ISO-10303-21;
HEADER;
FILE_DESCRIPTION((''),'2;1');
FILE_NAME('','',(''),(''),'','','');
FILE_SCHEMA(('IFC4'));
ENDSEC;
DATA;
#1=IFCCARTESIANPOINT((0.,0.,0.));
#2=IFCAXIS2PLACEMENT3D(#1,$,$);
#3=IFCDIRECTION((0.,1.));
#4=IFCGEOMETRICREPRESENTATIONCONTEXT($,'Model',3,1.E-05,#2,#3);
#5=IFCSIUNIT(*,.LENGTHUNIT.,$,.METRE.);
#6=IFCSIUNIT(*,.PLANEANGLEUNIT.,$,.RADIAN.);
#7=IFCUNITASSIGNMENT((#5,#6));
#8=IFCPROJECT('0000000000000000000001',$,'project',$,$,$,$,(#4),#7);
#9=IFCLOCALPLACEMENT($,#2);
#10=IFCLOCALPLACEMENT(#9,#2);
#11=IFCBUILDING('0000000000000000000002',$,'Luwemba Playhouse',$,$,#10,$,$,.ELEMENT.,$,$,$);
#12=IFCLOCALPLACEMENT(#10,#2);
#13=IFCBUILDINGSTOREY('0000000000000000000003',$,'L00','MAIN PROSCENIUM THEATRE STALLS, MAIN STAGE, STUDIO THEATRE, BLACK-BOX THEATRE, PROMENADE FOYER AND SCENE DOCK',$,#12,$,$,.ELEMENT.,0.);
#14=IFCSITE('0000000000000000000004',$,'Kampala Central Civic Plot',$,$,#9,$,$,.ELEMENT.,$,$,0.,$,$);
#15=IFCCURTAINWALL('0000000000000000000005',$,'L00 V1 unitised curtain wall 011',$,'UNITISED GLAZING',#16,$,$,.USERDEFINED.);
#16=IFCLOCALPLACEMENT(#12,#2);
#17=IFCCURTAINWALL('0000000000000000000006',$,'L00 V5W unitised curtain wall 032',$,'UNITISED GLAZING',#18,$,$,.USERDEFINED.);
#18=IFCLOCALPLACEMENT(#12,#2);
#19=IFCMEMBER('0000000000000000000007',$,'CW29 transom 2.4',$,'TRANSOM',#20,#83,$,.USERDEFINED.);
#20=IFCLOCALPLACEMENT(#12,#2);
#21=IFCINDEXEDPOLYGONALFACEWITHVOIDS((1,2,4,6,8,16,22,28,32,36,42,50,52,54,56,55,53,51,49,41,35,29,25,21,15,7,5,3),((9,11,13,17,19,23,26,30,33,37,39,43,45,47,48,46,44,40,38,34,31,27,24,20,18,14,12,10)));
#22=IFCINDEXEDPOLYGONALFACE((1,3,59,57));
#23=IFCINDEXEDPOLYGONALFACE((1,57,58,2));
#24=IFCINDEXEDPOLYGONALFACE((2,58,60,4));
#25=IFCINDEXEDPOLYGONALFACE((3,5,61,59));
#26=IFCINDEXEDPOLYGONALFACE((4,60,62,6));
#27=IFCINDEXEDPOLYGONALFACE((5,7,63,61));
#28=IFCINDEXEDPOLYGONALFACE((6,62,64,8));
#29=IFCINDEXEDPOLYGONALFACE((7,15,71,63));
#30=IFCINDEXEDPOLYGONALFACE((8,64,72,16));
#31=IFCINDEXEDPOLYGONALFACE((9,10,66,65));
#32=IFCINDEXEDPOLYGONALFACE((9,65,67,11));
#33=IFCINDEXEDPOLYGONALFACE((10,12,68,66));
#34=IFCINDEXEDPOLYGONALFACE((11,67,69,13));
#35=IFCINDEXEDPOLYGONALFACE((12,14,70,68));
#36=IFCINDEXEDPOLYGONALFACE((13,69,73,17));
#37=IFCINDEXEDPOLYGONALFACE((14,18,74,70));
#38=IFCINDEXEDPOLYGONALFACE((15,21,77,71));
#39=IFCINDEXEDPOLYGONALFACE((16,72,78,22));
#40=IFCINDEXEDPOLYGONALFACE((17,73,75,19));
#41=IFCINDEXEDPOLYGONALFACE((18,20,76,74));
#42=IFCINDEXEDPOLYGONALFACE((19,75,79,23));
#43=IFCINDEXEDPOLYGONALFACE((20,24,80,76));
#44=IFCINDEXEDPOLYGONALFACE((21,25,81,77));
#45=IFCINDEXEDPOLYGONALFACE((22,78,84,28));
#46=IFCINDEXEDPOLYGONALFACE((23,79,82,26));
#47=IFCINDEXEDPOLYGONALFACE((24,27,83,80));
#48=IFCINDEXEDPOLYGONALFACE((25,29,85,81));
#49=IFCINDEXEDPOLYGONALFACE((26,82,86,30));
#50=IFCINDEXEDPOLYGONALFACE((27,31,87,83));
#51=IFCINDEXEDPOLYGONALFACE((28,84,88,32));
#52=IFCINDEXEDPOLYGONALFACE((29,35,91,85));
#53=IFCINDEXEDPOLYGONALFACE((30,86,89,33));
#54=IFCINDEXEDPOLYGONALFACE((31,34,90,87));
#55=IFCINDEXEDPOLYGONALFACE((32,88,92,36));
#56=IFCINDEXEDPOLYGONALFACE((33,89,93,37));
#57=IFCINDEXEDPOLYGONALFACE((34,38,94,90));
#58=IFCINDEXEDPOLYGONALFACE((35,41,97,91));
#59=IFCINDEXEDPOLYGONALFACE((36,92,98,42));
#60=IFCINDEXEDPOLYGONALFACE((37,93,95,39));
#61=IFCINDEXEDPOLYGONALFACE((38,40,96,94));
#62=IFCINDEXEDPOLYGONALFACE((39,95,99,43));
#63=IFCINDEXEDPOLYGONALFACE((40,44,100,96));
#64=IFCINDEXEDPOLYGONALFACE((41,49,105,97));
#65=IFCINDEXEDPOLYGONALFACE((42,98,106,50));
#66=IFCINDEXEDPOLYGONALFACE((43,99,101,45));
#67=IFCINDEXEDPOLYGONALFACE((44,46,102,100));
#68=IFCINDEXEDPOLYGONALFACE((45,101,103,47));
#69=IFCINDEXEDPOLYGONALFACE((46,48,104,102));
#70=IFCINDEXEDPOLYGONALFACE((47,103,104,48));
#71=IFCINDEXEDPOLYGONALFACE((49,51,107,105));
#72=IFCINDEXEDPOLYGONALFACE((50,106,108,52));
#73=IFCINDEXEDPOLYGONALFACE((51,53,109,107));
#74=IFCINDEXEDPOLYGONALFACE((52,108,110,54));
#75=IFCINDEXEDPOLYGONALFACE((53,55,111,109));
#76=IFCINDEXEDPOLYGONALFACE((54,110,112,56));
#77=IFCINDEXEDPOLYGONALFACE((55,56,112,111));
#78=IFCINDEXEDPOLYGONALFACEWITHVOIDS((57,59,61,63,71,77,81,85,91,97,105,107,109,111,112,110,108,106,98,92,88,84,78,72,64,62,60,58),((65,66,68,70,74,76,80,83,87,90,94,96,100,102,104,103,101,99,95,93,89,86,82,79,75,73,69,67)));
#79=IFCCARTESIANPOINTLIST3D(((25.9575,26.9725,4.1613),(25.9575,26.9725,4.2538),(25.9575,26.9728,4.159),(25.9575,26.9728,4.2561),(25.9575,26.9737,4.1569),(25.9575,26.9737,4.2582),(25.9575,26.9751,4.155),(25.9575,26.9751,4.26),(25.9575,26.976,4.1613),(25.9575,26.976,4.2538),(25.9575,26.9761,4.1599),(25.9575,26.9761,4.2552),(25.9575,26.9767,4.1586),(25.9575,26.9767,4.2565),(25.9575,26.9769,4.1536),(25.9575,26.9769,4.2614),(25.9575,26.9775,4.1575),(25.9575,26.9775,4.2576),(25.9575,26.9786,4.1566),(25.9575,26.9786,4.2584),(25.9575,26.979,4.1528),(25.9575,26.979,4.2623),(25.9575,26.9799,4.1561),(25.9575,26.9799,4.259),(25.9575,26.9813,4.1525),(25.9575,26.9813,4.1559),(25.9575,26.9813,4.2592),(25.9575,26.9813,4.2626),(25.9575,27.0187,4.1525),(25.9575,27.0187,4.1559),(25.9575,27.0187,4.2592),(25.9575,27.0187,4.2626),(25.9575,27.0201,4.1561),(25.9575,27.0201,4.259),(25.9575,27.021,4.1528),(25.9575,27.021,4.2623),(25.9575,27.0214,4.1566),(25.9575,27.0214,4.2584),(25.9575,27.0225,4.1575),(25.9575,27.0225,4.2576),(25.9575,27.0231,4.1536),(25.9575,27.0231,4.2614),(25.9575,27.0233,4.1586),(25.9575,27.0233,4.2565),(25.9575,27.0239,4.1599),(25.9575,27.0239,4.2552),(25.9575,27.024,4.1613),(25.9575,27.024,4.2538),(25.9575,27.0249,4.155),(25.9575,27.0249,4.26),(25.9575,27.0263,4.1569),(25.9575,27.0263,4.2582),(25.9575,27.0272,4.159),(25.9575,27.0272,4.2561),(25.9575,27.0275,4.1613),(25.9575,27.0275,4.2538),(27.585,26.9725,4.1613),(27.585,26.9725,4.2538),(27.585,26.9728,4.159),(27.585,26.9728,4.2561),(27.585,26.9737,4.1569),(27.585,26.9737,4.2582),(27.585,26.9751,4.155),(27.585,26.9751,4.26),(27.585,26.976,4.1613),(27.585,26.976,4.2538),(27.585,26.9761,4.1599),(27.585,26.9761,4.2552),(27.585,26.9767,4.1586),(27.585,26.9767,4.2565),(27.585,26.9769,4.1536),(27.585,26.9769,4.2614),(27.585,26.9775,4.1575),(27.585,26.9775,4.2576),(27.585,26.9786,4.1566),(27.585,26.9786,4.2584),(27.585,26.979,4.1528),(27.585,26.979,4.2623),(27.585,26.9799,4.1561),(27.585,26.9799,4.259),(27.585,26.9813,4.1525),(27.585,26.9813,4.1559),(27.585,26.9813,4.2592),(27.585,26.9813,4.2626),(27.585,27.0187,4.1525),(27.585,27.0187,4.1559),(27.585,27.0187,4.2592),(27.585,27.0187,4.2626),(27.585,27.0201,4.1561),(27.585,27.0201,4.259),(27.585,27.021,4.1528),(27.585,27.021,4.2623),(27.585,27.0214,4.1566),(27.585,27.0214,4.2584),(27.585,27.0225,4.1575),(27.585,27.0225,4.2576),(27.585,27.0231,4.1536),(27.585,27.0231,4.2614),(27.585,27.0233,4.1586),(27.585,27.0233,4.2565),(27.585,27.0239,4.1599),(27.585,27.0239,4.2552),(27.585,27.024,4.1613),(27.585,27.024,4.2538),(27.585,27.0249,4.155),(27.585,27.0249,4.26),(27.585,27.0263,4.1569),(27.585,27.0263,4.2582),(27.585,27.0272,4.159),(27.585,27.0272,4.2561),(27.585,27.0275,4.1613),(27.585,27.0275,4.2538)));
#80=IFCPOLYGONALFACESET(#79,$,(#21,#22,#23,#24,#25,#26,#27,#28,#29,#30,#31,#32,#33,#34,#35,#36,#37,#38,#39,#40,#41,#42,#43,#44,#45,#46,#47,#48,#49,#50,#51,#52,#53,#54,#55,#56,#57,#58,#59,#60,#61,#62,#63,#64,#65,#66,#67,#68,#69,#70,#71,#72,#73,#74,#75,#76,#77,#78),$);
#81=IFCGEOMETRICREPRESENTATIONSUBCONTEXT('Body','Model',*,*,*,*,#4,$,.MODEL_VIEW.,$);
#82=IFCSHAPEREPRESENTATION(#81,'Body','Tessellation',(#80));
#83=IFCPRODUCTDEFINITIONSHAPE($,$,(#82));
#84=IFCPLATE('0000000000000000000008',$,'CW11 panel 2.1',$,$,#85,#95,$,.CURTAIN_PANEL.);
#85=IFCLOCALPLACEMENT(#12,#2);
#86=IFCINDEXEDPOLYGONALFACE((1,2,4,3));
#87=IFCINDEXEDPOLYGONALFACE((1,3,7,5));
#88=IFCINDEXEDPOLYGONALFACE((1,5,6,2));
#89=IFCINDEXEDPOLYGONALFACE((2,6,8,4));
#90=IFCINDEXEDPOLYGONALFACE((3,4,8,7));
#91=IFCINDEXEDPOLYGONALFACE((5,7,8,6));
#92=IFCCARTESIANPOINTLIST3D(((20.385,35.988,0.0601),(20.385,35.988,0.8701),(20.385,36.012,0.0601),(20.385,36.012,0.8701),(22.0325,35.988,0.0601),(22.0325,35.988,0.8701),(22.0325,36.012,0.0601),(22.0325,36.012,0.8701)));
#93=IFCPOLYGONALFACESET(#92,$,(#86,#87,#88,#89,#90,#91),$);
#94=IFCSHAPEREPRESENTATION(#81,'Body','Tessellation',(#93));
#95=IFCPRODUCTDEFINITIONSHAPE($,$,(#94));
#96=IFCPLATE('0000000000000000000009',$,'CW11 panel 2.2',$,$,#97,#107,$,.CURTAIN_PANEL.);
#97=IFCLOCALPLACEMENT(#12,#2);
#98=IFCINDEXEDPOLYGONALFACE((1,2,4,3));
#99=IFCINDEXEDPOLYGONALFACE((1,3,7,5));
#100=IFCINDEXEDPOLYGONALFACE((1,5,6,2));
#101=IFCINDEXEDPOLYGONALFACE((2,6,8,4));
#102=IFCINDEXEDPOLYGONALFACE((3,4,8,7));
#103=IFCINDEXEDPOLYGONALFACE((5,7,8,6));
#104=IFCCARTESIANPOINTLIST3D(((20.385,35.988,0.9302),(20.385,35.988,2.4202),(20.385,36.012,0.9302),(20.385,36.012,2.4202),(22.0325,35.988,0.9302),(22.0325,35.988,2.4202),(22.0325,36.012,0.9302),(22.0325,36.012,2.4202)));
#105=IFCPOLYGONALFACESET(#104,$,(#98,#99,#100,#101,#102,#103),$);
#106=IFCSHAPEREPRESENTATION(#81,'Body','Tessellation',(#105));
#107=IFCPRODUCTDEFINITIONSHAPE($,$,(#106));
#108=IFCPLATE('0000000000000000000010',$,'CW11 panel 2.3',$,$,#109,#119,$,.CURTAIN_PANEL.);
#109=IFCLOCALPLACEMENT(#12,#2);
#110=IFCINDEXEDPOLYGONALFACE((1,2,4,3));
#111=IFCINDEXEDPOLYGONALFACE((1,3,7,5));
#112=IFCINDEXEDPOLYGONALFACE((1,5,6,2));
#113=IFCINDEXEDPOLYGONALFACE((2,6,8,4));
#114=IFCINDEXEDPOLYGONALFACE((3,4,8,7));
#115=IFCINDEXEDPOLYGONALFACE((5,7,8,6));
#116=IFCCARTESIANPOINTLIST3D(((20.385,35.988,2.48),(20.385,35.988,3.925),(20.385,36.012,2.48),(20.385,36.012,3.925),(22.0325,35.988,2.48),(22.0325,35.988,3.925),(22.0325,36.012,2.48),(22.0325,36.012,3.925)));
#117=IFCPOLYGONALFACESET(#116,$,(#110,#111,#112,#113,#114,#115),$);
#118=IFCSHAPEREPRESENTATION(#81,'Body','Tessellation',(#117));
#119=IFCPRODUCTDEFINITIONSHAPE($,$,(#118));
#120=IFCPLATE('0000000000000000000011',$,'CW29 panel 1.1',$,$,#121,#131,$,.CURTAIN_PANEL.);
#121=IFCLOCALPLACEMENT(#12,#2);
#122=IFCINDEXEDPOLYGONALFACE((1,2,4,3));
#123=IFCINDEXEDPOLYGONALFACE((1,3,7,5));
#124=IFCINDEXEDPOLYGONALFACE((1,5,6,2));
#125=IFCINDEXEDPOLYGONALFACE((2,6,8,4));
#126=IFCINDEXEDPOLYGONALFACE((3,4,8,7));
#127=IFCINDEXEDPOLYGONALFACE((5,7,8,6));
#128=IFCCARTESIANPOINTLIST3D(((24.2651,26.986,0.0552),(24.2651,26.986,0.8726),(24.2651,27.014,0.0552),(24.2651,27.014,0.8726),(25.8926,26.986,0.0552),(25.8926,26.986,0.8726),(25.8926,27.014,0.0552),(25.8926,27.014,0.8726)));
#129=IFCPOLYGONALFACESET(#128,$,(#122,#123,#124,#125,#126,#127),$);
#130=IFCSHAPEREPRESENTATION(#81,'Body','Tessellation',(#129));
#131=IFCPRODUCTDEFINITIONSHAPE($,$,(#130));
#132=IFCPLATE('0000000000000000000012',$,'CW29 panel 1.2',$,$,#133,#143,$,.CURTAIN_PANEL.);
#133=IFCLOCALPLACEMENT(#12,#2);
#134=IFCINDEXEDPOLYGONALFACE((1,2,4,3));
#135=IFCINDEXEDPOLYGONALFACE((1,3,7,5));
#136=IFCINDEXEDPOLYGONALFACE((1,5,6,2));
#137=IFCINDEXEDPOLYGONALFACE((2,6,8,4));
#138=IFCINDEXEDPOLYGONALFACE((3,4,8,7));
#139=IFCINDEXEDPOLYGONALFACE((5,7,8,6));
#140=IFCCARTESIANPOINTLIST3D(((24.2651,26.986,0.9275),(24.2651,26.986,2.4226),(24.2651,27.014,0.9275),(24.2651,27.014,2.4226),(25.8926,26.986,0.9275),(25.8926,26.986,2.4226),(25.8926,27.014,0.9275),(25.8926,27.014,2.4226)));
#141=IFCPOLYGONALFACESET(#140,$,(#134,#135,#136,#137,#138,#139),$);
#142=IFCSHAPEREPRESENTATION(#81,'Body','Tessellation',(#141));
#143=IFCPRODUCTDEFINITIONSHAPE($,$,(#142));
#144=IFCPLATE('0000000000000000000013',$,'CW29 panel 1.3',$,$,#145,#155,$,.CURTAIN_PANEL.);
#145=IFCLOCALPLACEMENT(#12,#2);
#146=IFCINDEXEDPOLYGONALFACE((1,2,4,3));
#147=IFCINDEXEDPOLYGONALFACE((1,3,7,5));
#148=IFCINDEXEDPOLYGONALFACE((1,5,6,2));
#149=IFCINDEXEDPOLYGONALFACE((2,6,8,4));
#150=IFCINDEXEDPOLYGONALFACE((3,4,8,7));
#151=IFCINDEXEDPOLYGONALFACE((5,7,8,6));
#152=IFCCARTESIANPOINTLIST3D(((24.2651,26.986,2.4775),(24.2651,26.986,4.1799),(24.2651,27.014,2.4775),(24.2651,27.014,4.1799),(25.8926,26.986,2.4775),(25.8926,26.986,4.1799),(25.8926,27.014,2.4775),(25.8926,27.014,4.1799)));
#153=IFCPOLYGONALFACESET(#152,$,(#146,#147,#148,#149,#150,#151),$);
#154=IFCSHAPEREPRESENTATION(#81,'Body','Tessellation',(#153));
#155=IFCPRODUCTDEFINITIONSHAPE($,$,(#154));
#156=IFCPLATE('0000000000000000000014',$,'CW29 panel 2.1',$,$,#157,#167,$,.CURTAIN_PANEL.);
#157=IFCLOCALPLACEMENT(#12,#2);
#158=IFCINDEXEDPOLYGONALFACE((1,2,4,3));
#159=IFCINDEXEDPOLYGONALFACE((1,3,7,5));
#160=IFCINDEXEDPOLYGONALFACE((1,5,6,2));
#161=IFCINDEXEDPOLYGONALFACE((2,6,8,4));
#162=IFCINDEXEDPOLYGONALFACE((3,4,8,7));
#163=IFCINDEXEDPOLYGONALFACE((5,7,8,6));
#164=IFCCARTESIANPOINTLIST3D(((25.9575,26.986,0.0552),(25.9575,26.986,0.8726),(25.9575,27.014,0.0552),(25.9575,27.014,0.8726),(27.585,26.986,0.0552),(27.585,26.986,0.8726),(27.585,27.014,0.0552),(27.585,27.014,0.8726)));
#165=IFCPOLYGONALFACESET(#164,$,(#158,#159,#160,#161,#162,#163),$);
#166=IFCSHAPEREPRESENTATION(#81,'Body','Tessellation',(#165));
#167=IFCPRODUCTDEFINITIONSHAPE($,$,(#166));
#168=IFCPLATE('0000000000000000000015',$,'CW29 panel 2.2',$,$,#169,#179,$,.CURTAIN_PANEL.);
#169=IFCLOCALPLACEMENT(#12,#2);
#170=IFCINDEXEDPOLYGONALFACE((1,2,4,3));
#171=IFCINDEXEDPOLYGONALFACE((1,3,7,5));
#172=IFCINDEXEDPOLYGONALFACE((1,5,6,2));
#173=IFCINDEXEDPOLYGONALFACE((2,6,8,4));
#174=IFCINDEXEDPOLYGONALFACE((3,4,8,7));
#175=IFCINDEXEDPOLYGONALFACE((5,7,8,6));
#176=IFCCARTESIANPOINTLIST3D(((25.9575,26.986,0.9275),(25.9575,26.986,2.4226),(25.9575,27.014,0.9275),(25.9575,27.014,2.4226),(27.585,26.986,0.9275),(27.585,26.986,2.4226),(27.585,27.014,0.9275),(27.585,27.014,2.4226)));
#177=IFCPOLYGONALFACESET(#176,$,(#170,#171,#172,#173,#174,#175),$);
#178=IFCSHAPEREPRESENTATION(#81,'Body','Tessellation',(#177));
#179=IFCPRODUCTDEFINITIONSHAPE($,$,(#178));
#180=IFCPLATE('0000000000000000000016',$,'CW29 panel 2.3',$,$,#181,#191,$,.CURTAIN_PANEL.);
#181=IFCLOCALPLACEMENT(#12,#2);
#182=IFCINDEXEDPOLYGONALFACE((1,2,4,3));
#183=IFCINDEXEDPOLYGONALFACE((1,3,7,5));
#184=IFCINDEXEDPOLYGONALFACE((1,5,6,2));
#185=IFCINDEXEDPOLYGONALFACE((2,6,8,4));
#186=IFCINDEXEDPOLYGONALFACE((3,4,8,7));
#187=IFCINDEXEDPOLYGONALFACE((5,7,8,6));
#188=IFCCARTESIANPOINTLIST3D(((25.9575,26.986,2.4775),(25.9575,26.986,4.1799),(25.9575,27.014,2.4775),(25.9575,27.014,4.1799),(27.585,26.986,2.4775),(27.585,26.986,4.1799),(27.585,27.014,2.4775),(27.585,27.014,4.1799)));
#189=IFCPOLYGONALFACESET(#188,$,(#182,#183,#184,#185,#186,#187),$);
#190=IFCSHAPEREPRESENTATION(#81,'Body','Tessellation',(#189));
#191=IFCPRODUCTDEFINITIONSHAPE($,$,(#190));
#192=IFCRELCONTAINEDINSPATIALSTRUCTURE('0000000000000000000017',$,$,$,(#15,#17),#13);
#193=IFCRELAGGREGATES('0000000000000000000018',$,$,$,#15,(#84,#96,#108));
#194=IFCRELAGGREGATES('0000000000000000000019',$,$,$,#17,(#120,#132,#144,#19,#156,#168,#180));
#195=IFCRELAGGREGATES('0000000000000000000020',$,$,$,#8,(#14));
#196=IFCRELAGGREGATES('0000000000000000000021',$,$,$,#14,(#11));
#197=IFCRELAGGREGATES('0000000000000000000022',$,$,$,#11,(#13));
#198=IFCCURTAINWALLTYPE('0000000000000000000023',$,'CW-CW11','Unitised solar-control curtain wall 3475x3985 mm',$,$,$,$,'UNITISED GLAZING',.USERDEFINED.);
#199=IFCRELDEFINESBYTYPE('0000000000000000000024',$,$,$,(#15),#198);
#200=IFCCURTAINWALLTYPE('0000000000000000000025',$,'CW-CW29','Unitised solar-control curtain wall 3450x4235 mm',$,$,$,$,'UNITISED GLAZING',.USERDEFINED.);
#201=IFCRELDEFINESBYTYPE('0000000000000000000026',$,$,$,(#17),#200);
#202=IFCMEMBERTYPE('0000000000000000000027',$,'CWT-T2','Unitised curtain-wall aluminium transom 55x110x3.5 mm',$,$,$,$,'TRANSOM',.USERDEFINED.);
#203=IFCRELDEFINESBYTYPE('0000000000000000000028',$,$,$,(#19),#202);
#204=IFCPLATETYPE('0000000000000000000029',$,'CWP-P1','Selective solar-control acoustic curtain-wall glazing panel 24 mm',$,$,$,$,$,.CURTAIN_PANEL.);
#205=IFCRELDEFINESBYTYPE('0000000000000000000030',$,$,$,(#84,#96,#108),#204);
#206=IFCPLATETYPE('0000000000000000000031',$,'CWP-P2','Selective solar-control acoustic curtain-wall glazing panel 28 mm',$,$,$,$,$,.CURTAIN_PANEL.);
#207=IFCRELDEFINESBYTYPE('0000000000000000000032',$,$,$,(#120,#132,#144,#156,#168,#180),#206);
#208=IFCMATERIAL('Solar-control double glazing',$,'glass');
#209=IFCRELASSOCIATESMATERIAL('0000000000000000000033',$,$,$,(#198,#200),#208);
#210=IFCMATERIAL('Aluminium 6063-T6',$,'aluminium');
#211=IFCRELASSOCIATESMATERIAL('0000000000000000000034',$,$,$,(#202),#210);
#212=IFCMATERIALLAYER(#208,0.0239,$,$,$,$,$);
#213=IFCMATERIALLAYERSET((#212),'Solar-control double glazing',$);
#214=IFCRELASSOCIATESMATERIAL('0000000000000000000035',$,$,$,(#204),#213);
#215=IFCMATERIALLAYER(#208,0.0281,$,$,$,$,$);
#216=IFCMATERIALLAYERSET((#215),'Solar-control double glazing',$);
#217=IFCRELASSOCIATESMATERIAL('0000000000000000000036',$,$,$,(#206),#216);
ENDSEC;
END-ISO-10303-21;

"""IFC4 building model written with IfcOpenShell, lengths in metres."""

from ifc_helpers import new_model, si_unit, direction, frame, origin, origin_2d, place, context, subcontext, project, spatial, rectangle, hollow_rectangle, extrude, material, layer, layer_set, material_profile, profile_set, type_object, element, aggregate, save


model = new_model("IFC4")

# Units and contexts
model_context = context("Model", 3, precision=1e-05, world=origin(), true_north=direction((0.0, 1.0)))
body_context = subcontext(model_context, "Body", "Model", "MODEL_VIEW")
ifc_project = project(units=[si_unit("LENGTHUNIT", "METRE"), si_unit("PLANEANGLEUNIT", "RADIAN")], contexts=[model_context])

# Site, building, storey
site_placement = place(None, origin())
site = spatial("IfcSite", under=ifc_project, at=site_placement, Name="Kampala Central Civic Plot", CompositionType="ELEMENT", RefElevation=0.0)
building_placement = place(site_placement, origin())
building = spatial("IfcBuilding", under=site, at=building_placement, Name="Luwemba Playhouse", CompositionType="ELEMENT")
storey_placement = place(building_placement, origin())
storey = spatial("IfcBuildingStorey", under=building, at=storey_placement, Name="L00", Description="MAIN PROSCENIUM THEATRE STALLS, MAIN STAGE, STUDIO THEATRE, BLACK-BOX THEATRE, PROMENADE FOYER AND SCENE DOCK", CompositionType="ELEMENT", Elevation=0.0)

# Curtain wall
ifc_material_1 = material(Name="Solar-control double glazing", Category="glass")
curtain_wall_type_1 = type_object("IfcCurtainWallType", Name="CW-CW11", Description="Unitised solar-control curtain wall 3475x3985 mm", ElementType="UNITISED GLAZING", PredefinedType="USERDEFINED", material=ifc_material_1)
curtain_wall_1_placement = place(storey_placement, origin())
curtain_wall_1 = element("IfcCurtainWall", 1, at=curtain_wall_1_placement, inside=storey, type_object=curtain_wall_type_1, Name="L00 V1 unitised curtain wall 011", ObjectType="UNITISED GLAZING", PredefinedType="USERDEFINED")
ifc_material_2 = material(Name="Aluminium 6063-T6", Category="aluminium")

# Curtain wall
curtain_wall_type_2 = type_object("IfcCurtainWallType", Name="CW-CW29", Description="Unitised solar-control curtain wall 3450x4235 mm", ElementType="UNITISED GLAZING", PredefinedType="USERDEFINED", material=ifc_material_1)
curtain_wall_2_placement = place(storey_placement, origin())
curtain_wall_2 = element("IfcCurtainWall", 2, at=curtain_wall_2_placement, inside=storey, type_object=curtain_wall_type_2, Name="L00 V5W unitised curtain wall 032", ObjectType="UNITISED GLAZING", PredefinedType="USERDEFINED")

# Member
ifc_material_profile_1 = material_profile(ifc_material_2, hollow_rectangle(XDim=0.0549, YDim=0.1101, WallThickness=0.0034, InnerFilletRadius=0.0054, OuterFilletRadius=0.0088, at=origin_2d()))
ifc_profile_set_1 = profile_set([ifc_material_profile_1], Name="Aluminium 6063-T6")
member_type_1 = type_object("IfcMemberType", Name="CWT-T2", Description="Unitised curtain-wall aluminium transom 55x110x3.5 mm", ElementType="TRANSOM", PredefinedType="USERDEFINED", material=ifc_profile_set_1)
member_1_placement = place(storey_placement, frame((25.9575, 27.0, 4.2075), z_axis=(1.0, 0.0, 0.0), x_axis=(0.0, 1.0, 0.0)))
member_1 = element("IfcMember", 3, at=member_1_placement, type_object=member_type_1, Name="CW29 transom 2.4", ObjectType="TRANSOM", PredefinedType="USERDEFINED", context=body_context, shape_type="SweptSolid", body=[
    extrude(hollow_rectangle(XDim=0.0549, YDim=0.1101, WallThickness=0.0034, InnerFilletRadius=0.0054, OuterFilletRadius=0.0088, at=origin_2d()), origin(), (0.0, 0.0, 1.0), 1.6274),
])

# Plates
ifc_layer_1 = layer(ifc_material_1, 0.0239)
ifc_layer_set_1 = layer_set([ifc_layer_1], Name="Solar-control double glazing")
plate_type_1 = type_object("IfcPlateType", Name="CWP-P1", Description="Selective solar-control acoustic curtain-wall glazing panel 24 mm", PredefinedType="CURTAIN_PANEL", material=ifc_layer_set_1)
plate_1_placement = place(storey_placement, frame((21.2087, 36.0, 0.0601), z_axis=(0.0, 0.0, 1.0), x_axis=(-1.0, 0.0, 0.0)))
plate_1 = element("IfcPlate", 4, at=plate_1_placement, type_object=plate_type_1, Name="CW11 panel 2.1", PredefinedType="CURTAIN_PANEL", context=body_context, shape_type="SweptSolid", body=[
    extrude(rectangle(XDim=1.6475, YDim=0.0239, at=origin_2d()), origin(), (0.0, 0.0, 1.0), 0.8101),
])
plate_2_placement = place(storey_placement, frame((21.2087, 36.0, 0.9302), z_axis=(0.0, 0.0, 1.0), x_axis=(-1.0, 0.0, 0.0)))
plate_2 = element("IfcPlate", 5, at=plate_2_placement, type_object=plate_type_1, Name="CW11 panel 2.2", PredefinedType="CURTAIN_PANEL", context=body_context, shape_type="SweptSolid", body=[
    extrude(rectangle(XDim=1.6475, YDim=0.0239, at=origin_2d()), origin(), (0.0, 0.0, 1.0), 1.49),
])
plate_3_placement = place(storey_placement, frame((21.2087, 36.0, 2.48), z_axis=(0.0, 0.0, 1.0), x_axis=(-1.0, 0.0, 0.0)))
plate_3 = element("IfcPlate", 6, at=plate_3_placement, type_object=plate_type_1, Name="CW11 panel 2.3", PredefinedType="CURTAIN_PANEL", context=body_context, shape_type="SweptSolid", body=[
    extrude(rectangle(XDim=1.6475, YDim=0.0239, at=origin_2d()), origin(), (0.0, 0.0, 1.0), 1.4451),
])
aggregate(curtain_wall_1, [plate_1, plate_2, plate_3])
ifc_layer_2 = layer(ifc_material_1, 0.0281)
ifc_layer_set_2 = layer_set([ifc_layer_2], Name="Solar-control double glazing")
plate_type_2 = type_object("IfcPlateType", Name="CWP-P2", Description="Selective solar-control acoustic curtain-wall glazing panel 28 mm", PredefinedType="CURTAIN_PANEL", material=ifc_layer_set_2)
plate_4_placement = place(storey_placement, frame((25.0789, 27.0, 0.0552), z_axis=(0.0, 0.0, 1.0), x_axis=(1.0, 0.0, 0.0)))
plate_4 = element("IfcPlate", 7, at=plate_4_placement, type_object=plate_type_2, Name="CW29 panel 1.1", PredefinedType="CURTAIN_PANEL", context=body_context, shape_type="SweptSolid", body=[
    extrude(rectangle(XDim=1.6274, YDim=0.0281, at=origin_2d()), origin(), (0.0, 0.0, 1.0), 0.8174),
])
plate_5_placement = place(storey_placement, frame((25.0789, 27.0, 0.9275), z_axis=(0.0, 0.0, 1.0), x_axis=(1.0, 0.0, 0.0)))
plate_5 = element("IfcPlate", 8, at=plate_5_placement, type_object=plate_type_2, Name="CW29 panel 1.2", PredefinedType="CURTAIN_PANEL", context=body_context, shape_type="SweptSolid", body=[
    extrude(rectangle(XDim=1.6274, YDim=0.0281, at=origin_2d()), origin(), (0.0, 0.0, 1.0), 1.4951),
])
plate_6_placement = place(storey_placement, frame((25.0789, 27.0, 2.4775), z_axis=(0.0, 0.0, 1.0), x_axis=(1.0, 0.0, 0.0)))
plate_6 = element("IfcPlate", 9, at=plate_6_placement, type_object=plate_type_2, Name="CW29 panel 1.3", PredefinedType="CURTAIN_PANEL", context=body_context, shape_type="SweptSolid", body=[
    extrude(rectangle(XDim=1.6274, YDim=0.0281, at=origin_2d()), origin(), (0.0, 0.0, 1.0), 1.7024),
])
plate_7_placement = place(storey_placement, frame((26.7712, 27.0, 0.0552), z_axis=(0.0, 0.0, 1.0), x_axis=(1.0, 0.0, 0.0)))
plate_7 = element("IfcPlate", 10, at=plate_7_placement, type_object=plate_type_2, Name="CW29 panel 2.1", PredefinedType="CURTAIN_PANEL", context=body_context, shape_type="SweptSolid", body=[
    extrude(rectangle(XDim=1.6274, YDim=0.0281, at=origin_2d()), origin(), (0.0, 0.0, 1.0), 0.8174),
])
plate_8_placement = place(storey_placement, frame((26.7712, 27.0, 0.9275), z_axis=(0.0, 0.0, 1.0), x_axis=(1.0, 0.0, 0.0)))
plate_8 = element("IfcPlate", 11, at=plate_8_placement, type_object=plate_type_2, Name="CW29 panel 2.2", PredefinedType="CURTAIN_PANEL", context=body_context, shape_type="SweptSolid", body=[
    extrude(rectangle(XDim=1.6274, YDim=0.0281, at=origin_2d()), origin(), (0.0, 0.0, 1.0), 1.4951),
])
plate_9_placement = place(storey_placement, frame((26.7712, 27.0, 2.4775), z_axis=(0.0, 0.0, 1.0), x_axis=(1.0, 0.0, 0.0)))
plate_9 = element("IfcPlate", 12, at=plate_9_placement, type_object=plate_type_2, Name="CW29 panel 2.3", PredefinedType="CURTAIN_PANEL", context=body_context, shape_type="SweptSolid", body=[
    extrude(rectangle(XDim=1.6274, YDim=0.0281, at=origin_2d()), origin(), (0.0, 0.0, 1.0), 1.7024),
])
aggregate(curtain_wall_2, [plate_4, plate_5, plate_6, member_1, plate_7, plate_8, plate_9])

save(model, "model.ifc")
